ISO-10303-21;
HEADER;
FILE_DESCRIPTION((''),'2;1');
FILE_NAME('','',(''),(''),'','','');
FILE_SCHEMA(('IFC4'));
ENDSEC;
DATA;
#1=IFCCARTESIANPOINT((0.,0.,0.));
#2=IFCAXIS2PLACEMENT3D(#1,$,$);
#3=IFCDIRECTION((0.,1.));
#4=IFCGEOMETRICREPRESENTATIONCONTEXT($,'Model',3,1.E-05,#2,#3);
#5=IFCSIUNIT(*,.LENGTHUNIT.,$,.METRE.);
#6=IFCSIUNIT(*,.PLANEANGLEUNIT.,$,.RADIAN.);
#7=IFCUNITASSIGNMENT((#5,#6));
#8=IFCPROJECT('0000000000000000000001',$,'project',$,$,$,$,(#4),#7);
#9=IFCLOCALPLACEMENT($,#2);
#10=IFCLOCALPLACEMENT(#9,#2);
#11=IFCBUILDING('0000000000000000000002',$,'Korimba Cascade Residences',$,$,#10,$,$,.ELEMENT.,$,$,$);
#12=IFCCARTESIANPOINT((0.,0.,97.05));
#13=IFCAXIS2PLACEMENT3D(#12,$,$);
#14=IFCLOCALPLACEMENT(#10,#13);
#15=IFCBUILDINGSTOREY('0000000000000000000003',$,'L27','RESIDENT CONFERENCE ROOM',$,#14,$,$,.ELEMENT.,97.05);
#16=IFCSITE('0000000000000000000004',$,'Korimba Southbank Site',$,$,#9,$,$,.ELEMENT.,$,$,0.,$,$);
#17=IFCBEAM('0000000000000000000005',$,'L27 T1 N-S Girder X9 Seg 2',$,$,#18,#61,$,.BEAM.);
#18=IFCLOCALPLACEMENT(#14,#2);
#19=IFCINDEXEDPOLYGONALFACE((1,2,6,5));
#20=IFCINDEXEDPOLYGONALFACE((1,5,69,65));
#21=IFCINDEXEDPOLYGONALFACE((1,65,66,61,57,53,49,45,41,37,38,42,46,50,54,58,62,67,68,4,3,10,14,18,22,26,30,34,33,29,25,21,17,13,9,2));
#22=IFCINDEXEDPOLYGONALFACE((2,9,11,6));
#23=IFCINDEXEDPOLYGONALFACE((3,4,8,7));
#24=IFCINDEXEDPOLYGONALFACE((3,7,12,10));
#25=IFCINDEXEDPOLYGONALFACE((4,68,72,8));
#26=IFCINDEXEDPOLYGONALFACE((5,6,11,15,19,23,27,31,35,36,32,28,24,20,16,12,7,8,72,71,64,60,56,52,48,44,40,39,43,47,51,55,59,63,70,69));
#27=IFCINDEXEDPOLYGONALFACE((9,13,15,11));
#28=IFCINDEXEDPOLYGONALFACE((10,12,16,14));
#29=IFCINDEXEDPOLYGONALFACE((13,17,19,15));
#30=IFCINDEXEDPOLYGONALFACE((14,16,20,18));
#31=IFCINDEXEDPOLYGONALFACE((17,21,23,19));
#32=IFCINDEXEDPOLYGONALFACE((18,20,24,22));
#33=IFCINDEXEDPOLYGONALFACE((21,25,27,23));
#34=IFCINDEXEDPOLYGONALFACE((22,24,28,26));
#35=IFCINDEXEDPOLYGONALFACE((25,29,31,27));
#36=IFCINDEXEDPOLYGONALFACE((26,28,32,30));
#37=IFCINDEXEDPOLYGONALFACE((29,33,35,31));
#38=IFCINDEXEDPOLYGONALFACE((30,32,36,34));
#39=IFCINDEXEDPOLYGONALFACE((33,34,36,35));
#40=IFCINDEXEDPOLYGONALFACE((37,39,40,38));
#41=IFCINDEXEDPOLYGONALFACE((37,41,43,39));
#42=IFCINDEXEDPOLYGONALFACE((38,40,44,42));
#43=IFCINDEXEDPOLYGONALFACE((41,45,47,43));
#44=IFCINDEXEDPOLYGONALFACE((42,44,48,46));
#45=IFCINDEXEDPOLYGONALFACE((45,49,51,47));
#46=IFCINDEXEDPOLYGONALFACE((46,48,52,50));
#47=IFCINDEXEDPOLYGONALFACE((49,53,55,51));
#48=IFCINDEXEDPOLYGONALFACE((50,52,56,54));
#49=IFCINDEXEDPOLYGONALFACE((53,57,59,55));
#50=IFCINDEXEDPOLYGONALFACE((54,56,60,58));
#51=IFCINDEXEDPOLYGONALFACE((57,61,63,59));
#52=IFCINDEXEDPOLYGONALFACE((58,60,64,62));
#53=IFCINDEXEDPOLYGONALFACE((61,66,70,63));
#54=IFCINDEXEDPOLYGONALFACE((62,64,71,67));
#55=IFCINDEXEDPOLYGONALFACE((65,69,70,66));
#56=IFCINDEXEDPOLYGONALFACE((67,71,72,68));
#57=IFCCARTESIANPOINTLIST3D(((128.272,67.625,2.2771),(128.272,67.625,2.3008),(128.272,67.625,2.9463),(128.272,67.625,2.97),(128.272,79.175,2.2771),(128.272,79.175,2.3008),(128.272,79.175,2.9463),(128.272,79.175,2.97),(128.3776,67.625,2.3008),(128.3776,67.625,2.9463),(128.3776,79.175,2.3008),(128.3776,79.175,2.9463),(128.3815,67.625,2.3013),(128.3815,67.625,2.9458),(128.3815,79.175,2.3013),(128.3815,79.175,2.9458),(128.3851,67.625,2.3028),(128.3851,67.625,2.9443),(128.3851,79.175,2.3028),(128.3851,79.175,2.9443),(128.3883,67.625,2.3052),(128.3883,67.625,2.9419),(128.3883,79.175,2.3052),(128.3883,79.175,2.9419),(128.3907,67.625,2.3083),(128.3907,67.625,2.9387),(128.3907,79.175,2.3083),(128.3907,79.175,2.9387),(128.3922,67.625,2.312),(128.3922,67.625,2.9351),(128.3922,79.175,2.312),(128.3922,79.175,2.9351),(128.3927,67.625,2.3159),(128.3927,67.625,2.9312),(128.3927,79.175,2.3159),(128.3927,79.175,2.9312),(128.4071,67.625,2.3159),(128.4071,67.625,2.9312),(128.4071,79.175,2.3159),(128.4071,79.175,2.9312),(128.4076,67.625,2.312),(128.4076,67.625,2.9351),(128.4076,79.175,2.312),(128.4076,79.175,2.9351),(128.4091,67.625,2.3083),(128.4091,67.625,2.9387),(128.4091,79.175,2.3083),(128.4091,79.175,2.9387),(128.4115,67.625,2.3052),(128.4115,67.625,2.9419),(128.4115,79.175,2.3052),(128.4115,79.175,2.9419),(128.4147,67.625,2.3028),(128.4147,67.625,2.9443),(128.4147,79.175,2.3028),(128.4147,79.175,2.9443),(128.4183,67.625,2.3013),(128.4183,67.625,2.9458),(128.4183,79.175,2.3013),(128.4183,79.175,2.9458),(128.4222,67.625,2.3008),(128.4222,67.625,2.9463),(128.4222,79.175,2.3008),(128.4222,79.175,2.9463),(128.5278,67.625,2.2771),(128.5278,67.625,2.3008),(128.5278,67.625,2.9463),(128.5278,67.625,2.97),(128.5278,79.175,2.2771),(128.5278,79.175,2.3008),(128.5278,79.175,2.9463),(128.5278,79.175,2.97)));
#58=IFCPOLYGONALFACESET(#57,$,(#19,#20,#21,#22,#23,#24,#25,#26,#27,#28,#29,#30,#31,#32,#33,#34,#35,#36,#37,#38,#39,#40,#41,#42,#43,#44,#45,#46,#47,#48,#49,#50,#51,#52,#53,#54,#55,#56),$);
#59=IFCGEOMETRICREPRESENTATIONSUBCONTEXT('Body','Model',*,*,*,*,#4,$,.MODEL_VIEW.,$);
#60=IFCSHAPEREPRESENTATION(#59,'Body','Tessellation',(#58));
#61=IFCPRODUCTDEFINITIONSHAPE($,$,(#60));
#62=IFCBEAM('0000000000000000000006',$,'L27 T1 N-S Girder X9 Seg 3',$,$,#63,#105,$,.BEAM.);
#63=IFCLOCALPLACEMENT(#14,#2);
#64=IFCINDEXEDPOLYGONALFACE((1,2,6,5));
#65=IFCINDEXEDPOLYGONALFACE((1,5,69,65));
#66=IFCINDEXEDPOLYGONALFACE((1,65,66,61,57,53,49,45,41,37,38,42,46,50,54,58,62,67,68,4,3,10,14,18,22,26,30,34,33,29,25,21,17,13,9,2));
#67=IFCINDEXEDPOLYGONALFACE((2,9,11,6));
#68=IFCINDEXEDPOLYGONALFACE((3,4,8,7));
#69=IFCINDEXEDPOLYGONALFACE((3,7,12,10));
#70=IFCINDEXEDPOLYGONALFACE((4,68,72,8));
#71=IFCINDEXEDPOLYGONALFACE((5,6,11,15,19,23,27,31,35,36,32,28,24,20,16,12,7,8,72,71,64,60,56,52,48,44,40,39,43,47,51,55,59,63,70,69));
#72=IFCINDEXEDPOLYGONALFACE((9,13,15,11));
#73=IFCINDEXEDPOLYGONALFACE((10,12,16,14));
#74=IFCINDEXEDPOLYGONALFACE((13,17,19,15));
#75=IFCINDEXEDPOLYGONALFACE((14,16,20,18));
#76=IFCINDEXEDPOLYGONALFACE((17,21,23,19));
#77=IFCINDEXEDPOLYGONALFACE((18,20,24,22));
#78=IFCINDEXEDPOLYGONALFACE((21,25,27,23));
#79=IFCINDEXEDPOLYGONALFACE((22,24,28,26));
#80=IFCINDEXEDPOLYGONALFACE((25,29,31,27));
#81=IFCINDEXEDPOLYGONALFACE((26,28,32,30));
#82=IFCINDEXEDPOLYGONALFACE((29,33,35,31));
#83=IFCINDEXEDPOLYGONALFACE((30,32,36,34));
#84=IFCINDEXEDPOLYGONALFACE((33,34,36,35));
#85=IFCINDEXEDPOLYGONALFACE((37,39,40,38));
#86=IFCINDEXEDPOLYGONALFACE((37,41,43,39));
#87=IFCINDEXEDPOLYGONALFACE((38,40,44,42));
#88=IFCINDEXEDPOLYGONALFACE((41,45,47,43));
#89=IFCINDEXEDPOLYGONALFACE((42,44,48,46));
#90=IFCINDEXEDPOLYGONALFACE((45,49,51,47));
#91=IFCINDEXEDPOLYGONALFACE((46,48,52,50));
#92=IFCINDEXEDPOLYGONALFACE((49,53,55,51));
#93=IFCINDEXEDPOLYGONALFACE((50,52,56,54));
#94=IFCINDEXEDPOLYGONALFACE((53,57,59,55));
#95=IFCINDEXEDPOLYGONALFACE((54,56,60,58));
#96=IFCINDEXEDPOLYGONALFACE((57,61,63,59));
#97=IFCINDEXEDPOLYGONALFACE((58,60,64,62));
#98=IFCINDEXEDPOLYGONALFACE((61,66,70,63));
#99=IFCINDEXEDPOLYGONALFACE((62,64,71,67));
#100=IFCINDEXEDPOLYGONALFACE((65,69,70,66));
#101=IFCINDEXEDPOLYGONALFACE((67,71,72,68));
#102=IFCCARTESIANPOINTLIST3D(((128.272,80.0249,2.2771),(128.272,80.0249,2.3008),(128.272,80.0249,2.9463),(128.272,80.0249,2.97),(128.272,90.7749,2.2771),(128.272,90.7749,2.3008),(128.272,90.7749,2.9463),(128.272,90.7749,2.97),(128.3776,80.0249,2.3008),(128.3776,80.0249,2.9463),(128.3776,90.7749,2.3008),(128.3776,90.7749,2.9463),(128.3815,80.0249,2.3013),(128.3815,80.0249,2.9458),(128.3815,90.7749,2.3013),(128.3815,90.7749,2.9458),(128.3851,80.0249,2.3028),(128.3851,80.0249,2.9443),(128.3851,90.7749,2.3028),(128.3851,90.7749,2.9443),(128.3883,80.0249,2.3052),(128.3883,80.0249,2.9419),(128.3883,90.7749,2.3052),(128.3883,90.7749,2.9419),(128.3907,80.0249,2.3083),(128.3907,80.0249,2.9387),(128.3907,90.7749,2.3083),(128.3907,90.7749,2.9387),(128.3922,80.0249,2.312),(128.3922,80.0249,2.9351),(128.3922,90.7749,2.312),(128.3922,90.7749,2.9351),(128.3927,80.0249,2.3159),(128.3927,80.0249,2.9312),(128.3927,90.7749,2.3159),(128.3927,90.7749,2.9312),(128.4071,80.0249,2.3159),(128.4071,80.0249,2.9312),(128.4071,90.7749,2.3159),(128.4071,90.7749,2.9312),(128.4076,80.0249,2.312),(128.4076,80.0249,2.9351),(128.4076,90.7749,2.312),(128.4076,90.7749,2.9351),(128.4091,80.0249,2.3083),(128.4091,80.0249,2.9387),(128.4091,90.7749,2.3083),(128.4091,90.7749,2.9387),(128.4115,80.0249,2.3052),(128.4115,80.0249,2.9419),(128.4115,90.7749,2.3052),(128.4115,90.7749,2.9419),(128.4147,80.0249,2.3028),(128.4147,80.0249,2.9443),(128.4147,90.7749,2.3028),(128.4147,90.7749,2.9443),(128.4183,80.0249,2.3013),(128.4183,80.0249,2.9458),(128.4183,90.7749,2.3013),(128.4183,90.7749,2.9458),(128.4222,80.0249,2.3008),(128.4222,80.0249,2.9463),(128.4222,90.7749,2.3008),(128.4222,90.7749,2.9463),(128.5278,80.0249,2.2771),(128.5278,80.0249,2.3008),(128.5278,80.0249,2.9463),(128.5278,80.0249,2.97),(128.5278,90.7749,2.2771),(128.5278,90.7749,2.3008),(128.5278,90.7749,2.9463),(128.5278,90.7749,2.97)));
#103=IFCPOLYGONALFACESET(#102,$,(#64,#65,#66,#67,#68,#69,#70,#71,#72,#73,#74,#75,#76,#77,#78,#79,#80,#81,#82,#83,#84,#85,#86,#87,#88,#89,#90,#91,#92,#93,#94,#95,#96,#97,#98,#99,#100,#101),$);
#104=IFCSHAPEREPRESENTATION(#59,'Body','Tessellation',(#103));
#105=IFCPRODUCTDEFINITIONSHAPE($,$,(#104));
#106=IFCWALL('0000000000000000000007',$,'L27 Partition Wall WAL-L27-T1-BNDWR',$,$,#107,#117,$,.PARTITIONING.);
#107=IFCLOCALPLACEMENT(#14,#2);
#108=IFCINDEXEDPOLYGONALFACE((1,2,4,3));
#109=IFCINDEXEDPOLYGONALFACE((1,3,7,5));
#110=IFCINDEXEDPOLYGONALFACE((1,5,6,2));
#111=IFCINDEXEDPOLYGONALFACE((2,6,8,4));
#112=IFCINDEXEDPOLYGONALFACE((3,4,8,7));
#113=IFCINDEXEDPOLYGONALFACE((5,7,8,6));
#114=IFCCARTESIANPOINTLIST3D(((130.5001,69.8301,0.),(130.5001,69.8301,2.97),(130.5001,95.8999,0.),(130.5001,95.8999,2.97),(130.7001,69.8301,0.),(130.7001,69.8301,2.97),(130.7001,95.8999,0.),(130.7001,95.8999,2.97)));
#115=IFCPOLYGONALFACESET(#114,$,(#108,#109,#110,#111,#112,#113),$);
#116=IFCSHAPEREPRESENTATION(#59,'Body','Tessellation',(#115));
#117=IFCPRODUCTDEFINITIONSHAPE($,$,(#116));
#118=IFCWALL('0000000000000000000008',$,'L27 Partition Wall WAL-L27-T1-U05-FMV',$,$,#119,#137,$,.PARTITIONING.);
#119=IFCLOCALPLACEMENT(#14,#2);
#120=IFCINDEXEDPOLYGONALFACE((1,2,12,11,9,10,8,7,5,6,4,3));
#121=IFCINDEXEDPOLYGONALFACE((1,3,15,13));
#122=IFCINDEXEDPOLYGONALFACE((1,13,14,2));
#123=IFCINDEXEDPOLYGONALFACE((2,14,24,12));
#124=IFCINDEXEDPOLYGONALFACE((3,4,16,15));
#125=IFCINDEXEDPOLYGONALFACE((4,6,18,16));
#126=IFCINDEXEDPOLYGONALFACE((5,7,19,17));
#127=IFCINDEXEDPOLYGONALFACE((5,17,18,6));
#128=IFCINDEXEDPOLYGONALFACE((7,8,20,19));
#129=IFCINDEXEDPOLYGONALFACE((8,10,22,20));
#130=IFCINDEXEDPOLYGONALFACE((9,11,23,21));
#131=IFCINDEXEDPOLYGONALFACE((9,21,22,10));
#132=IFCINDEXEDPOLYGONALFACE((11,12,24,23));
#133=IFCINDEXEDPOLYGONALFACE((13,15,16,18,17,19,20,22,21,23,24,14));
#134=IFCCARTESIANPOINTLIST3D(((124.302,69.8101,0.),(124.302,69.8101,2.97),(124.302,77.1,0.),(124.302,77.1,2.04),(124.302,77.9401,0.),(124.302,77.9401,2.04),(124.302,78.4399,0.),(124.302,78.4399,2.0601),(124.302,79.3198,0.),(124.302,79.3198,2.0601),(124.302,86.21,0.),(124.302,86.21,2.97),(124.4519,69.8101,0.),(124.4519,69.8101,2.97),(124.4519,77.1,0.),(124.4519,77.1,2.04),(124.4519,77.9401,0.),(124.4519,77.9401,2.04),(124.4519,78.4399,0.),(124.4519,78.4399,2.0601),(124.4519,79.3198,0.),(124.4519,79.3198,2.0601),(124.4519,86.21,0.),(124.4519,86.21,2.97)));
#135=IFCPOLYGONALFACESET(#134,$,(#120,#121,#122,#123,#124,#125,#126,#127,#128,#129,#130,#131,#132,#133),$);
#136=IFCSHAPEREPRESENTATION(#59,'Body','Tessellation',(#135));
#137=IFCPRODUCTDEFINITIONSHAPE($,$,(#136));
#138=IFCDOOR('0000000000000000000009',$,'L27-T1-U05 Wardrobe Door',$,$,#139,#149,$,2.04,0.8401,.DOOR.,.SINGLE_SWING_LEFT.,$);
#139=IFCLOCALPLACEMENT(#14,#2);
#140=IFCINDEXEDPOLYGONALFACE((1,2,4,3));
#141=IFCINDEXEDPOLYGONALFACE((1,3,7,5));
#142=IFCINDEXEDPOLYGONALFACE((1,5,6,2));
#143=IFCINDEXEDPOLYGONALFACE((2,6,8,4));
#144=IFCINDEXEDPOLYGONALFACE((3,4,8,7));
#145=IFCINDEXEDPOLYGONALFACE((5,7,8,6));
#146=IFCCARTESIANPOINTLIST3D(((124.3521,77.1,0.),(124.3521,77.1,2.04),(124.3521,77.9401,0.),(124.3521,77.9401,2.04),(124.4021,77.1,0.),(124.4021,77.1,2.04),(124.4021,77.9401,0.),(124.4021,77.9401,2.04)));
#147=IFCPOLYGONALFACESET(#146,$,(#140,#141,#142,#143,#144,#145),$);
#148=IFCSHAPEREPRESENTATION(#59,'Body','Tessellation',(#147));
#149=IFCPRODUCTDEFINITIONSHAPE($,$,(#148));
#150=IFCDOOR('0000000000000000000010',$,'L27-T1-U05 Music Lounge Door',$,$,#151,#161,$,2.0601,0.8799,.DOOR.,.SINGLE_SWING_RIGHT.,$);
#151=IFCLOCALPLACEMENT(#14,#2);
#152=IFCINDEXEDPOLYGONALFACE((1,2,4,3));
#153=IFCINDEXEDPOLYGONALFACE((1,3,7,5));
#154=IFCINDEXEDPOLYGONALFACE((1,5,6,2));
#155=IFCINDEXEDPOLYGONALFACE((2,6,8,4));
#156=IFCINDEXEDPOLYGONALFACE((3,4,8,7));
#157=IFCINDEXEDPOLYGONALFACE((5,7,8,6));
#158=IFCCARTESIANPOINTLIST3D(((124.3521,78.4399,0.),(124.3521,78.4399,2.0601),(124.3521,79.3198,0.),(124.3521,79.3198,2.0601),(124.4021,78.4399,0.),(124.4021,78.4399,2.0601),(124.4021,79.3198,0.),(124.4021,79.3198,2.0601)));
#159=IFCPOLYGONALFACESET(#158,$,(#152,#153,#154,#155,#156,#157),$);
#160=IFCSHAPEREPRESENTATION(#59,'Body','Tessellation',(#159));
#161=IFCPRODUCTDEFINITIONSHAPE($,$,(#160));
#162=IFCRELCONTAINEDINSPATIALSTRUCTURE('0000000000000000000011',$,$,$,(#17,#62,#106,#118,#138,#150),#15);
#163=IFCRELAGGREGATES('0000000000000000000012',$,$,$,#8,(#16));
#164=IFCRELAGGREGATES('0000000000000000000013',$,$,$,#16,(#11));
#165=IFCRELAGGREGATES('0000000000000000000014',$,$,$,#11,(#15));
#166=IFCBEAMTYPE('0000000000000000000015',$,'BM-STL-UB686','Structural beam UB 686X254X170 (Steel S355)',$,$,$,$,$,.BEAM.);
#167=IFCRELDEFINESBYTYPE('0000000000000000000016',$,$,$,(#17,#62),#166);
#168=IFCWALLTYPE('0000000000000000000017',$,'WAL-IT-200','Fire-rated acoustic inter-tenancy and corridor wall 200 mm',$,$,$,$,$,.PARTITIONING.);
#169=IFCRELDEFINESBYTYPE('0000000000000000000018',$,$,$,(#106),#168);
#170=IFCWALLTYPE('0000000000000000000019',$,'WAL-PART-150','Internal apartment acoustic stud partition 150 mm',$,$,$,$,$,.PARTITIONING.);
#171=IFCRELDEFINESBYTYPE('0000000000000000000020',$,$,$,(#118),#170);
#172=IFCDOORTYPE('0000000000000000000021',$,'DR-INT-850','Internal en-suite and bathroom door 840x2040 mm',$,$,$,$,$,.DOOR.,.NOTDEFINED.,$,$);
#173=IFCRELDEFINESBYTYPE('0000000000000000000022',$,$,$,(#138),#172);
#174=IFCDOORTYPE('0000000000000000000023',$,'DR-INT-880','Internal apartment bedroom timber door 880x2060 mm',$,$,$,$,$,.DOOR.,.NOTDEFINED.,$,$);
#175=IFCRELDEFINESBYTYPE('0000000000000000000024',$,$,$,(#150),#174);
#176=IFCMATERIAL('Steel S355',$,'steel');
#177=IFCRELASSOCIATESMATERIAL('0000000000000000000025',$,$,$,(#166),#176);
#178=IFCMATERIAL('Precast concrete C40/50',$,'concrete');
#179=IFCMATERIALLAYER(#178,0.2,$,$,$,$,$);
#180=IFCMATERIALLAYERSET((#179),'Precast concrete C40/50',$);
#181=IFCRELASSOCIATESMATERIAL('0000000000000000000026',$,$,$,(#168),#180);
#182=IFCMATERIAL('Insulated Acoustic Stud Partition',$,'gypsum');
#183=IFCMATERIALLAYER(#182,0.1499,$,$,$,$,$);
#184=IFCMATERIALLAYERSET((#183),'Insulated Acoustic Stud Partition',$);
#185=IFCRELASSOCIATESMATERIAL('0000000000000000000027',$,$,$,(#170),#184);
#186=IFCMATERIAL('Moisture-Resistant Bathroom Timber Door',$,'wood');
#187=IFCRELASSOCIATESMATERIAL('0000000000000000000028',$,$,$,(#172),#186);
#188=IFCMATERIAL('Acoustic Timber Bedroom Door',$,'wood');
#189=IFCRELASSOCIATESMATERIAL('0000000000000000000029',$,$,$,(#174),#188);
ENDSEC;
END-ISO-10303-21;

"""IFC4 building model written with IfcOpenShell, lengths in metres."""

from ifc_helpers import new_model, si_unit, direction, frame, frame_2d, origin, origin_2d, place, context, subcontext, project, spatial, rectangle, i_section, extrude, material, layer, layer_set, material_profile, profile_set, type_object, element, fill, save


model = new_model("IFC4")

# Units and contexts
model_context = context("Model", 3, precision=1e-05, world=origin(), true_north=direction((0.0, 1.0)))
body_context = subcontext(model_context, "Body", "Model", "MODEL_VIEW")
ifc_project = project(units=[si_unit("LENGTHUNIT", "METRE"), si_unit("PLANEANGLEUNIT", "RADIAN")], contexts=[model_context])

# Site, building, storey
site_placement = place(None, origin())
site = spatial("IfcSite", under=ifc_project, at=site_placement, Name="Korimba Southbank Site", CompositionType="ELEMENT", RefElevation=0.0)
building_placement = place(site_placement, origin())
building = spatial("IfcBuilding", under=site, at=building_placement, Name="Korimba Cascade Residences", CompositionType="ELEMENT")
storey_placement = place(building_placement, frame((0.0, 0.0, 97.05)))
storey = spatial("IfcBuildingStorey", under=building, at=storey_placement, Name="L27", Description="RESIDENT CONFERENCE ROOM", CompositionType="ELEMENT", Elevation=97.05)

# Beams
ifc_material_1 = material(Name="Steel S355", Category="steel")
ifc_material_profile_1 = material_profile(ifc_material_1, i_section(OverallWidth=0.2559, OverallDepth=0.6929, WebThickness=0.0144, FlangeThickness=0.0237, FilletRadius=0.0151, at=origin_2d()), Name="Steel S355")
ifc_profile_set_1 = profile_set([ifc_material_profile_1], Name="Steel S355")
beam_type_1 = type_object("IfcBeamType", Name="BM-STL-UB686", Description="Structural beam UB 686X254X170 (Steel S355)", PredefinedType="BEAM", material=ifc_profile_set_1)
beam_1_placement = place(storey_placement, frame((128.3999, 67.625, 2.6235), z_axis=(0.0, 1.0, 0.0), x_axis=(-1.0, 0.0, 0.0)))
element("IfcBeam", 1, at=beam_1_placement, inside=storey, type_object=beam_type_1, Name="L27 T1 N-S Girder X9 Seg 2", PredefinedType="BEAM", context=body_context, shape_type="SweptSolid", body=[
    extrude(i_section(OverallWidth=0.2559, OverallDepth=0.6929, WebThickness=0.0144, FlangeThickness=0.0237, FilletRadius=0.0151, at=origin_2d()), origin(), (0.0, 0.0, 1.0), 11.55),
])
beam_2_placement = place(storey_placement, frame((128.3999, 80.0249, 2.6235), z_axis=(0.0, 1.0, 0.0), x_axis=(-1.0, 0.0, 0.0)))
element("IfcBeam", 2, at=beam_2_placement, inside=storey, type_object=beam_type_1, Name="L27 T1 N-S Girder X9 Seg 3", PredefinedType="BEAM", context=body_context, shape_type="SweptSolid", body=[
    extrude(i_section(OverallWidth=0.2559, OverallDepth=0.6929, WebThickness=0.0144, FlangeThickness=0.0237, FilletRadius=0.0151, at=origin_2d()), origin(), (0.0, 0.0, 1.0), 10.75),
])

# Wall
ifc_material_2 = material(Name="Precast concrete C40/50", Category="concrete")
ifc_layer_1 = layer(ifc_material_2, 0.2)
ifc_layer_set_1 = layer_set([ifc_layer_1], Name="Precast concrete C40/50")
wall_type_1 = type_object("IfcWallType", Name="WAL-IT-200", Description="Fire-rated acoustic inter-tenancy and corridor wall 200 mm", PredefinedType="PARTITIONING", material=ifc_layer_set_1)
wall_1_placement = place(storey_placement, frame((130.6001, 69.8301, 0.0), z_axis=(0.0, 0.0, 1.0), x_axis=(0.0, 1.0, 0.0)))
element("IfcWall", 3, at=wall_1_placement, inside=storey, type_object=wall_type_1, Name="L27 Partition Wall WAL-L27-T1-BNDWR", PredefinedType="PARTITIONING", context=body_context, shape_type="SweptSolid", body=[
    extrude(rectangle(XDim=26.0698, YDim=0.2, at=frame_2d((13.0349, 0.0))), origin(), (0.0, 0.0, 1.0), 2.97),
])

# Wall, openings, doors
ifc_material_3 = material(Name="Insulated Acoustic Stud Partition", Category="gypsum")
ifc_layer_2 = layer(ifc_material_3, 0.1499)
ifc_layer_set_2 = layer_set([ifc_layer_2], Name="Insulated Acoustic Stud Partition")
wall_type_2 = type_object("IfcWallType", Name="WAL-PART-150", Description="Internal apartment acoustic stud partition 150 mm", PredefinedType="PARTITIONING", material=ifc_layer_set_2)
wall_2_placement = place(storey_placement, frame((124.377, 69.8101, 0.0), z_axis=(0.0, 0.0, 1.0), x_axis=(0.0, 1.0, 0.0)))
wall_2 = element("IfcWall", 4, at=wall_2_placement, inside=storey, type_object=wall_type_2, Name="L27 Partition Wall WAL-L27-T1-U05-FMV", PredefinedType="PARTITIONING", context=body_context, shape_type="SweptSolid", body=[
    extrude(rectangle(XDim=16.3999, YDim=0.1499, at=frame_2d((8.2, 0.0))), origin(), (0.0, 0.0, 1.0), 2.97),
])
opening_1_placement = place(wall_2_placement, frame((7.29, 0.0, 0.0)))
opening_1 = element("IfcOpeningElement", 5, at=opening_1_placement, cuts=wall_2, PredefinedType="OPENING", context=body_context, shape_type="SweptSolid", body=[
    extrude(rectangle(XDim=0.8401, YDim=2.04, at=frame_2d((0.4199, 1.02))), frame((0.0, 0.085, 0.0), z_axis=(0.0, -1.0, 0.0), x_axis=(1.0, 0.0, 0.0)), (0.0, 0.0, 1.0), 0.1699),
])
opening_2_placement = place(wall_2_placement, frame((8.6299, 0.0, 0.0)))
opening_2 = element("IfcOpeningElement", 6, at=opening_2_placement, cuts=wall_2, PredefinedType="OPENING", context=body_context, shape_type="SweptSolid", body=[
    extrude(rectangle(XDim=0.8799, YDim=2.0601, at=frame_2d((0.4399, 1.03))), frame((0.0, 0.085, 0.0), z_axis=(0.0, -1.0, 0.0), x_axis=(1.0, 0.0, 0.0)), (0.0, 0.0, 1.0), 0.1699),
])
ifc_material_4 = material(Name="Moisture-Resistant Bathroom Timber Door", Category="wood")
door_type_1 = type_object("IfcDoorType", Name="DR-INT-850", Description="Internal en-suite and bathroom door 840x2040 mm", OperationType="NOTDEFINED", PredefinedType="DOOR", material=ifc_material_4)
door_1_placement = place(opening_1_placement, origin())
door_1 = element("IfcDoor", 7, at=door_1_placement, inside=storey, type_object=door_type_1, Name="L27-T1-U05 Wardrobe Door", OperationType="SINGLE_SWING_LEFT", OverallHeight=2.04, OverallWidth=0.8401, PredefinedType="DOOR", context=body_context, shape_type="SweptSolid", body=[
    extrude(rectangle(XDim=0.8401, YDim=2.04, at=frame_2d((0.4199, 1.02))), frame((0.0, 0.0249, 0.0), z_axis=(0.0, -1.0, 0.0), x_axis=(1.0, 0.0, 0.0)), (0.0, 0.0, 1.0), 0.05),
])
fill(opening_1, door_1)
ifc_material_5 = material(Name="Acoustic Timber Bedroom Door", Category="wood")
door_type_2 = type_object("IfcDoorType", Name="DR-INT-880", Description="Internal apartment bedroom timber door 880x2060 mm", OperationType="NOTDEFINED", PredefinedType="DOOR", material=ifc_material_5)
door_2_placement = place(opening_2_placement, origin())
door_2 = element("IfcDoor", 8, at=door_2_placement, inside=storey, type_object=door_type_2, Name="L27-T1-U05 Music Lounge Door", OperationType="SINGLE_SWING_RIGHT", OverallHeight=2.0601, OverallWidth=0.8799, PredefinedType="DOOR", context=body_context, shape_type="SweptSolid", body=[
    extrude(rectangle(XDim=0.8799, YDim=2.0601, at=frame_2d((0.4399, 1.03))), frame((0.0, 0.0249, 0.0), z_axis=(0.0, -1.0, 0.0), x_axis=(1.0, 0.0, 0.0)), (0.0, 0.0, 1.0), 0.05),
])
fill(opening_2, door_2)

save(model, "model.ifc")
